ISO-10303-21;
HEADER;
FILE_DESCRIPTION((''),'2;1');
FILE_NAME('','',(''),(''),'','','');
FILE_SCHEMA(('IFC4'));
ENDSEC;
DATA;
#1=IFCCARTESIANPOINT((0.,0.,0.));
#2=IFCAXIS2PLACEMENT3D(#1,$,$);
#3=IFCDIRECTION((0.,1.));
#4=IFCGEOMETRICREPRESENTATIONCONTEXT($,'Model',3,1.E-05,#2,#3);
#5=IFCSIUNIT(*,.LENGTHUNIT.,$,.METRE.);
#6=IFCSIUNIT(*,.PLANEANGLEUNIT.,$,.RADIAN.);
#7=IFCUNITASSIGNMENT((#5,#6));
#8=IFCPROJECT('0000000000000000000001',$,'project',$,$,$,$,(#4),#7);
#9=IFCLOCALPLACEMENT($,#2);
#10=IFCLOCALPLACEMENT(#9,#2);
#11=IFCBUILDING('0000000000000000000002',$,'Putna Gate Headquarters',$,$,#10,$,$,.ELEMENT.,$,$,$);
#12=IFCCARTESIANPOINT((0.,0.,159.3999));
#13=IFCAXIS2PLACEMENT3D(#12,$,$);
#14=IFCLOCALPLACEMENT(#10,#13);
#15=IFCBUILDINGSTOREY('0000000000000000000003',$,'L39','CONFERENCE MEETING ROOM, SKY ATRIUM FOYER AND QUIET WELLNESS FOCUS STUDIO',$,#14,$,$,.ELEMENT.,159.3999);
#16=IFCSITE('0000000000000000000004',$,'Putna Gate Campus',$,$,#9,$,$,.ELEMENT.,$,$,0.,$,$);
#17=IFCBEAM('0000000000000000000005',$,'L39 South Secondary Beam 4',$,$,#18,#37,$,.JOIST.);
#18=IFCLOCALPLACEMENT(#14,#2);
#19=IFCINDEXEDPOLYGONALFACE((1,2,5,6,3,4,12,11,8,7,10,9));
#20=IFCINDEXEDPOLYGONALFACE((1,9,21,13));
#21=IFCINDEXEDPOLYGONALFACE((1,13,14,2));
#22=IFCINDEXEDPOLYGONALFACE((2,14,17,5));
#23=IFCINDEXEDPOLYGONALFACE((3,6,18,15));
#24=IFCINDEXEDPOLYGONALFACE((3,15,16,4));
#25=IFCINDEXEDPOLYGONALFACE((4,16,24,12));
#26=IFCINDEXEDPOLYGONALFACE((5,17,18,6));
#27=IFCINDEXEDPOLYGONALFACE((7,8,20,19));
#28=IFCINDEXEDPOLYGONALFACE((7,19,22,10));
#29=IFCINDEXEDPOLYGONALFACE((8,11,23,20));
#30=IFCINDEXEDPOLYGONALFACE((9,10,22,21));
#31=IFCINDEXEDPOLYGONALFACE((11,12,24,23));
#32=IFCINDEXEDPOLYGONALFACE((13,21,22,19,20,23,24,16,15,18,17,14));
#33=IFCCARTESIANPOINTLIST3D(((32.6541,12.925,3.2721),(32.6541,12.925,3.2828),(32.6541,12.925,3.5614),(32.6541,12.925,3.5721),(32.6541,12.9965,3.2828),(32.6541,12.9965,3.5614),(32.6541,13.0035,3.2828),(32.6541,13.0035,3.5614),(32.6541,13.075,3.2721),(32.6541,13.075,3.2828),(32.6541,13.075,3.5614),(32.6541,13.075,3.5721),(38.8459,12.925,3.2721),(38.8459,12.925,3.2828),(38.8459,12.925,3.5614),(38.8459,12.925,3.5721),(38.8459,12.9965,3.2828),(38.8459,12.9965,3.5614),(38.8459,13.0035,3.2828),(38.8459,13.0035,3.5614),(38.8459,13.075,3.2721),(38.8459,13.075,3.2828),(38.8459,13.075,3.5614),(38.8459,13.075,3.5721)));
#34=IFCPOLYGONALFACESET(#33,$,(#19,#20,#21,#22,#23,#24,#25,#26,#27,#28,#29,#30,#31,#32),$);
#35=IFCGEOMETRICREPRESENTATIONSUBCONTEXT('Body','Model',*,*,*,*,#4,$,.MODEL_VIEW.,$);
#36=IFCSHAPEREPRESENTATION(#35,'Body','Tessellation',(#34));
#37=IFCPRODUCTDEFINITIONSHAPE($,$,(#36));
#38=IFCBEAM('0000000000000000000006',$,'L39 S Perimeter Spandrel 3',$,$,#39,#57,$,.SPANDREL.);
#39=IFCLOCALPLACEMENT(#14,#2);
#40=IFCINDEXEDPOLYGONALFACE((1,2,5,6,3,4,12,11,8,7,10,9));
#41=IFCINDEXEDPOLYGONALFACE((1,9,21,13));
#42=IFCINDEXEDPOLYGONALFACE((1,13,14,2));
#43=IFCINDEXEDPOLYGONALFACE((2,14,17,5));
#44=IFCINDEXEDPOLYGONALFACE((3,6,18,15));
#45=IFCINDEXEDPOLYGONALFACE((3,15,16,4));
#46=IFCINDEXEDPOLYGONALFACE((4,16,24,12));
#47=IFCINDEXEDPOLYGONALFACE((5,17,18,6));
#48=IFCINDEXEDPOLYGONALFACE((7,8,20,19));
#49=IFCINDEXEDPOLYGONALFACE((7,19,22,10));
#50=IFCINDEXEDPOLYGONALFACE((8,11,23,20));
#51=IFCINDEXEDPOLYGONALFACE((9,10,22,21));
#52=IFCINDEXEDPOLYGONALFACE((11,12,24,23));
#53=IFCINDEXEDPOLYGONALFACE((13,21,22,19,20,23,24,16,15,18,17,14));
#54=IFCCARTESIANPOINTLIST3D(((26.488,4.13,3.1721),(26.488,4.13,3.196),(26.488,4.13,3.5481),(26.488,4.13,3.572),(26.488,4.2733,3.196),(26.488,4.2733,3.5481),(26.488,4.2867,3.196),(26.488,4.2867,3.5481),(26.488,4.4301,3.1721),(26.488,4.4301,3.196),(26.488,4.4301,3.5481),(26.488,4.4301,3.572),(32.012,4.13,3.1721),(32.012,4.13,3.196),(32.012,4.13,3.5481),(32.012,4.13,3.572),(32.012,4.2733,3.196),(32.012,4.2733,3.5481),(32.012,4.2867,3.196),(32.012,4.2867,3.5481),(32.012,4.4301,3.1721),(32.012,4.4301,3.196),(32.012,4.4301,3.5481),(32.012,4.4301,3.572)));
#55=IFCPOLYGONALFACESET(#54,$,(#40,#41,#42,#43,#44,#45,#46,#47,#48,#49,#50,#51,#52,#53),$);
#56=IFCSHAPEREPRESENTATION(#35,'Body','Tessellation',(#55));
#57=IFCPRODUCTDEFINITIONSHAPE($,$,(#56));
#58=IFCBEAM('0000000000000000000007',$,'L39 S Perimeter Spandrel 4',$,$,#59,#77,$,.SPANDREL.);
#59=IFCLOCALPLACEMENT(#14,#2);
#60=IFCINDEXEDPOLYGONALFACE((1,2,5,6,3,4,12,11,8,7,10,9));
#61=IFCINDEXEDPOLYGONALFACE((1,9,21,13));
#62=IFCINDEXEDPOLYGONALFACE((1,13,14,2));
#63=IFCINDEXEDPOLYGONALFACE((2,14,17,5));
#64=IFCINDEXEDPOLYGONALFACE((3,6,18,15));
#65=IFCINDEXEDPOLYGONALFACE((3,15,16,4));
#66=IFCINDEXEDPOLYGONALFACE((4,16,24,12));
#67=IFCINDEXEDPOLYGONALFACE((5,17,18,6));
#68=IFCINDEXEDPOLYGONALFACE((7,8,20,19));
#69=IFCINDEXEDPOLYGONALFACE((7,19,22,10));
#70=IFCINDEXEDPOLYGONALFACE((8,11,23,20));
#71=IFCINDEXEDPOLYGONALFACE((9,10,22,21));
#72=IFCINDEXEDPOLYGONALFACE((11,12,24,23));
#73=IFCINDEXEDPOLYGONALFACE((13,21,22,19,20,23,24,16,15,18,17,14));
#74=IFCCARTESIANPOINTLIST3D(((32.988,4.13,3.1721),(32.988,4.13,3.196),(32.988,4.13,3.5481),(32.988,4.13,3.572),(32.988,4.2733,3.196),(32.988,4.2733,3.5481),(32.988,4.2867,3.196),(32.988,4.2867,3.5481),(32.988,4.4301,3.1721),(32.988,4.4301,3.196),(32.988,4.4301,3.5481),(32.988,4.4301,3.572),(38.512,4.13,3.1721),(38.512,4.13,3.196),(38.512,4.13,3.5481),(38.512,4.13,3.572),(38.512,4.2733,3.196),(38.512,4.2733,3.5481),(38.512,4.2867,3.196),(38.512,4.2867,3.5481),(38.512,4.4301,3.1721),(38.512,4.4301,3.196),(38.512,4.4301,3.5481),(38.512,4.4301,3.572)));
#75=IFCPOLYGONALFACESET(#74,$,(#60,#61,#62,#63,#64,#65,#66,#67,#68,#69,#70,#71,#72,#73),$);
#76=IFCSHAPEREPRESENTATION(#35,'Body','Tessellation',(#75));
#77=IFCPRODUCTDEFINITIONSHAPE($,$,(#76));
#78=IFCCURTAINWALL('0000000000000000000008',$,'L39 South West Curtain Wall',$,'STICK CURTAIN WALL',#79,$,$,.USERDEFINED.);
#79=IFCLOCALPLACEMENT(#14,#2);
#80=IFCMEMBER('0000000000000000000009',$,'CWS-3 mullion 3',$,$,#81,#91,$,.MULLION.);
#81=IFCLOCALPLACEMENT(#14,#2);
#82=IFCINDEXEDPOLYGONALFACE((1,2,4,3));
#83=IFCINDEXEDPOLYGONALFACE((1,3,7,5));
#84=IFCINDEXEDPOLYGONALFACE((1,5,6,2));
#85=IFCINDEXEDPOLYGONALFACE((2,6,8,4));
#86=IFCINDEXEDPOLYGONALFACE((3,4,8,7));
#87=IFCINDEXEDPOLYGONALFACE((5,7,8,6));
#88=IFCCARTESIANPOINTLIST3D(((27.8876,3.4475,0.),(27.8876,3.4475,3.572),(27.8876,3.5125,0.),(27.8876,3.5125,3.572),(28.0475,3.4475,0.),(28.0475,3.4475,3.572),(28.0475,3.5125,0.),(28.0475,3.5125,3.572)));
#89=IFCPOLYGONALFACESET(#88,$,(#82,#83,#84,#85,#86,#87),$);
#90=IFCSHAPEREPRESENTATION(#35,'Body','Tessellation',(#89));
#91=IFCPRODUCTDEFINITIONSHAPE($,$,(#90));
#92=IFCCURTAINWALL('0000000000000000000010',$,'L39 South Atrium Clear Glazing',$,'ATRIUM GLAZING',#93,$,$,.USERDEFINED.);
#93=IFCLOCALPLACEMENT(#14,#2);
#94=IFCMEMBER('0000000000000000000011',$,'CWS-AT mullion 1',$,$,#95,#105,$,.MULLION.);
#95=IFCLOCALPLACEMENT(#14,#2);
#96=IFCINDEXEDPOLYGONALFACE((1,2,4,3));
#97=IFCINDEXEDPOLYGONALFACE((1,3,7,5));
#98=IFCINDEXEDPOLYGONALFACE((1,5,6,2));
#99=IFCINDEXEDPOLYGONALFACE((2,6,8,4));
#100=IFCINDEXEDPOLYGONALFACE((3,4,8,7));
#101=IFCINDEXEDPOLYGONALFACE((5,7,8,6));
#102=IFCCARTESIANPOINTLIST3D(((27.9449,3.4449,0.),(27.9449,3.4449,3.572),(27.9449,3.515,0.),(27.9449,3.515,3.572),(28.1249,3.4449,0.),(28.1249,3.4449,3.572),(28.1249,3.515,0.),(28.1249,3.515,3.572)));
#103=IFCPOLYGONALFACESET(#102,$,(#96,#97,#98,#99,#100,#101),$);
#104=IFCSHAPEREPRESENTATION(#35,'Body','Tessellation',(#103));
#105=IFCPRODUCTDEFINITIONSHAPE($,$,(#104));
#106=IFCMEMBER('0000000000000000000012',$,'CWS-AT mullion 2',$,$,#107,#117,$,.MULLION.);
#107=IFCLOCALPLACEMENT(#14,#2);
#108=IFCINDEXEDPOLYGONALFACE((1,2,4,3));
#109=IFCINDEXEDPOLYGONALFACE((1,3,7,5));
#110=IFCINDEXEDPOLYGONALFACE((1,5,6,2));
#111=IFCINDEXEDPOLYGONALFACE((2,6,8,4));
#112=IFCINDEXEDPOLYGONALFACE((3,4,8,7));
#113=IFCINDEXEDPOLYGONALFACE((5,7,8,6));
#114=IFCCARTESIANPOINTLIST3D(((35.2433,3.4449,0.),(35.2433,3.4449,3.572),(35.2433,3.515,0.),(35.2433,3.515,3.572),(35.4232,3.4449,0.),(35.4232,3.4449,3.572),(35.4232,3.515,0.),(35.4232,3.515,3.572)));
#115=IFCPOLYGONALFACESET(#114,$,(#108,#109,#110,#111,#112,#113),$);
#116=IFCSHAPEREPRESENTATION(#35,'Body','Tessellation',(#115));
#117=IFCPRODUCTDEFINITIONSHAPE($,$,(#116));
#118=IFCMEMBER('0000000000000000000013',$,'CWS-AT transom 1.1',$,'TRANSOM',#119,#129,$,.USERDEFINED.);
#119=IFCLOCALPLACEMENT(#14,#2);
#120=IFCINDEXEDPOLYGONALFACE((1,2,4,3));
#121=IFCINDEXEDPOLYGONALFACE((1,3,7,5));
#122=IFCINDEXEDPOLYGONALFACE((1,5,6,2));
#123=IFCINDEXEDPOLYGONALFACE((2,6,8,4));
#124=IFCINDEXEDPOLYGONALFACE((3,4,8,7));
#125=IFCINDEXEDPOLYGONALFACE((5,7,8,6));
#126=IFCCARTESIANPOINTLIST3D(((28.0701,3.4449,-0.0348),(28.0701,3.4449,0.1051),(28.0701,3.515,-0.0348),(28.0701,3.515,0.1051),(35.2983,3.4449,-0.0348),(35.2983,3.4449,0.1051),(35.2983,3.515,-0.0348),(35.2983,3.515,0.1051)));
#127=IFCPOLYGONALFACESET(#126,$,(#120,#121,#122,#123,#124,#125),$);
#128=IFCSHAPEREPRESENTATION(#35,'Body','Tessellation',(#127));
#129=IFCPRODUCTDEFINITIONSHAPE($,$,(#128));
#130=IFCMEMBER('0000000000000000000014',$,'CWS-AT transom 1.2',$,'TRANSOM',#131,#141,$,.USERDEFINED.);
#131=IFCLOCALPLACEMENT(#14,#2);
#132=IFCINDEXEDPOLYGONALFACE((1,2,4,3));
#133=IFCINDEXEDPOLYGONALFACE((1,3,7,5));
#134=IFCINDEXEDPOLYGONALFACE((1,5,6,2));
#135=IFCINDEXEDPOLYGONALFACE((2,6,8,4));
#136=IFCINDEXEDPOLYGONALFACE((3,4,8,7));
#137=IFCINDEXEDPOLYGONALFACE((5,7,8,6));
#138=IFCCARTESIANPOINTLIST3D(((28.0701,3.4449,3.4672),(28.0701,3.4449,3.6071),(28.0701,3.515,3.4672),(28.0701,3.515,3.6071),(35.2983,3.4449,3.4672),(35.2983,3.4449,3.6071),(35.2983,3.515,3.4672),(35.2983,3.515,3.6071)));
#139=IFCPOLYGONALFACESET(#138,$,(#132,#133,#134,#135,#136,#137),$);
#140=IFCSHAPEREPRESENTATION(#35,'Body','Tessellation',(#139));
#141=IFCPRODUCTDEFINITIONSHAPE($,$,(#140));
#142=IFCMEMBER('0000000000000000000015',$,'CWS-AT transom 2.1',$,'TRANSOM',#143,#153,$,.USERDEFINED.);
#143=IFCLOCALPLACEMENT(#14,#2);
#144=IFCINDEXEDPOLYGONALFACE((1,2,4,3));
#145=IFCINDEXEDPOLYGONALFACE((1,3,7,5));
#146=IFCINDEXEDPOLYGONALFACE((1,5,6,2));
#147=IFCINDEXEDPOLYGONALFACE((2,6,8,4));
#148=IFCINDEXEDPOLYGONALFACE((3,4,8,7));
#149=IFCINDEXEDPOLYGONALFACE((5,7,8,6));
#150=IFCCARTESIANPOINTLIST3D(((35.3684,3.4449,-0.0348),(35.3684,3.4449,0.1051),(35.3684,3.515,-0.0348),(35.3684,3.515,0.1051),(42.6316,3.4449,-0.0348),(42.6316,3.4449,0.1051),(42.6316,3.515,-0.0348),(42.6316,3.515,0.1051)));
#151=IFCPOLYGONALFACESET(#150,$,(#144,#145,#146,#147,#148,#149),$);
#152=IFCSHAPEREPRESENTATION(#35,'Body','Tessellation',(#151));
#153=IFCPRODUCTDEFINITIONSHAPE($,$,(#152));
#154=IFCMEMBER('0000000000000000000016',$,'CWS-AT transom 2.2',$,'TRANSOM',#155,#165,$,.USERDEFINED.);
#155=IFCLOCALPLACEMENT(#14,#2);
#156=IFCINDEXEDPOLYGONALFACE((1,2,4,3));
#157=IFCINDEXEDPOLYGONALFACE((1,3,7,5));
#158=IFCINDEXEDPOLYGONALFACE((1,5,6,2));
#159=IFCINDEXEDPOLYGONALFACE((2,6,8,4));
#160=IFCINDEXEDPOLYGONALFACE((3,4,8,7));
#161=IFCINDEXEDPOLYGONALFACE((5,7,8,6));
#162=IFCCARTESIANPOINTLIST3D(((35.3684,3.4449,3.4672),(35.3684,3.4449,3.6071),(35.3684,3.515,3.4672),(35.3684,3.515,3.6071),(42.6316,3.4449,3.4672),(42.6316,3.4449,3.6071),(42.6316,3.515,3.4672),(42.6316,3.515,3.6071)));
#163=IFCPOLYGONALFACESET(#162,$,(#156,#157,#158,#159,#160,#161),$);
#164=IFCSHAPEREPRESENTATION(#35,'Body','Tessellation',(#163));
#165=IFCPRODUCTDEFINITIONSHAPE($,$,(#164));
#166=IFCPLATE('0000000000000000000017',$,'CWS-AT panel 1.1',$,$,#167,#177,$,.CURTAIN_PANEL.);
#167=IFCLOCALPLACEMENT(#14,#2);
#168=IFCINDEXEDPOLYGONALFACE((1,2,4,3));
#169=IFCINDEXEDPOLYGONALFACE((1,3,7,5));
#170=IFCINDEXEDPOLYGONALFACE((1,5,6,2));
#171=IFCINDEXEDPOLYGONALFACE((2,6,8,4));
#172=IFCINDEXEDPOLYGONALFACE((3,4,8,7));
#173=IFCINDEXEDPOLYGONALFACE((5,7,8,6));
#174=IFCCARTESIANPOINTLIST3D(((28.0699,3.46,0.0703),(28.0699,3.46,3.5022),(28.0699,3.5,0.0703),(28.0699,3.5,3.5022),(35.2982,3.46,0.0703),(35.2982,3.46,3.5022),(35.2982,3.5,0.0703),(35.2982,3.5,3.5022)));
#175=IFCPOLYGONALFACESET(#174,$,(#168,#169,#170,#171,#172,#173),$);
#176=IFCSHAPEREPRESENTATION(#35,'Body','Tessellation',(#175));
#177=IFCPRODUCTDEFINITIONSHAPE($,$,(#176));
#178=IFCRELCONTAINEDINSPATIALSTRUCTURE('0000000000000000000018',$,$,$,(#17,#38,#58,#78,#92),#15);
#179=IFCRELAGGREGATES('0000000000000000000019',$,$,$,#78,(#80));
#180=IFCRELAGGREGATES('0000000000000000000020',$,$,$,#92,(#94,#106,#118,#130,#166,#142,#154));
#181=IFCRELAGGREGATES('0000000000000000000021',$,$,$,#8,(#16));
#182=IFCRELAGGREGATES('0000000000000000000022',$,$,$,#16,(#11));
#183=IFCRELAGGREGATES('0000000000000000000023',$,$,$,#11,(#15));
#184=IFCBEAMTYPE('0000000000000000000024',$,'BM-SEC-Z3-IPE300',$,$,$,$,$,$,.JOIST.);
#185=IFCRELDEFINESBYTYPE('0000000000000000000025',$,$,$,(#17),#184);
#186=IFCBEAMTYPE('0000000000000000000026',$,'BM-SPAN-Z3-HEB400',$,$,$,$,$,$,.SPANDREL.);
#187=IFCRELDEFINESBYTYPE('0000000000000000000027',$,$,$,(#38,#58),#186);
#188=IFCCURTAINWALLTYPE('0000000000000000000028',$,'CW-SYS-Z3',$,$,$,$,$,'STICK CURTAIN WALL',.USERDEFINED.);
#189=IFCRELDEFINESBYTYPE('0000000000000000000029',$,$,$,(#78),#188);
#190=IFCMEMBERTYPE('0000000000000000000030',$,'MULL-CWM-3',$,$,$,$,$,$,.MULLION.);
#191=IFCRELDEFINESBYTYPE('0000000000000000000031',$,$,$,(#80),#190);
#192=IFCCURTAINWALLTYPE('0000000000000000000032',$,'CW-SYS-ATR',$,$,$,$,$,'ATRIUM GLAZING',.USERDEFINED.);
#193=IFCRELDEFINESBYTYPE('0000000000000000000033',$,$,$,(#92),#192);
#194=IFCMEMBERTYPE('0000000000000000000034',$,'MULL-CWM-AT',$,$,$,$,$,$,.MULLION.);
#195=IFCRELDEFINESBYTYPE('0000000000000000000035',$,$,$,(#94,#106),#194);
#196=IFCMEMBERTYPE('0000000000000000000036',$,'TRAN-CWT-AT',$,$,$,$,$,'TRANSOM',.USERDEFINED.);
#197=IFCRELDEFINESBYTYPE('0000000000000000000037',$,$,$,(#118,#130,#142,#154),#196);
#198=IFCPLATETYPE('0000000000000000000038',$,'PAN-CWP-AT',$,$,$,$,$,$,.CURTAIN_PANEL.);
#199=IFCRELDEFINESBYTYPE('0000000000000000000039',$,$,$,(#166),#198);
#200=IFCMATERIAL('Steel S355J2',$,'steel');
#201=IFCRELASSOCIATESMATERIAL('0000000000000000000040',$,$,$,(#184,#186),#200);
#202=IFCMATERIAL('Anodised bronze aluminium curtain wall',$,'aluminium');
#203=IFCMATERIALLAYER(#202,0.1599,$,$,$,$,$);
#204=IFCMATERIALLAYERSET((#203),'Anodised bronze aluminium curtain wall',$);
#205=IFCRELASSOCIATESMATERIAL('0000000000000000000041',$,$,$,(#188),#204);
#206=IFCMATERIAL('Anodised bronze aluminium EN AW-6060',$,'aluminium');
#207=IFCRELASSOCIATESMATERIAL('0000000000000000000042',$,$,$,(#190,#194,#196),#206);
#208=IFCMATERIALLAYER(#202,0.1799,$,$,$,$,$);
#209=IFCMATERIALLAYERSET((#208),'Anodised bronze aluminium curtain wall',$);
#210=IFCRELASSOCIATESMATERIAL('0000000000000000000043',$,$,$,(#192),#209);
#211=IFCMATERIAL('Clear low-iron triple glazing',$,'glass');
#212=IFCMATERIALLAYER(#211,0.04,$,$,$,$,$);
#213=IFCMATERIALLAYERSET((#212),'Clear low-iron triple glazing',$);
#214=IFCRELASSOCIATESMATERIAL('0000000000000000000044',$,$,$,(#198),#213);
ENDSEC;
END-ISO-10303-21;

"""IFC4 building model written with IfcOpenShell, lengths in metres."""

from ifc_helpers import new_model, si_unit, direction, frame, origin, origin_2d, place, context, subcontext, project, spatial, rectangle, i_section, extrude, material, layer, layer_set, material_profile, profile_set, type_object, element, aggregate, save


model = new_model("IFC4")

# Units and contexts
model_context = context("Model", 3, precision=1e-05, world=origin(), true_north=direction((0.0, 1.0)))
body_context = subcontext(model_context, "Body", "Model", "MODEL_VIEW")
ifc_project = project(units=[si_unit("LENGTHUNIT", "METRE"), si_unit("PLANEANGLEUNIT", "RADIAN")], contexts=[model_context])

# Site, building, storey
site_placement = place(None, origin())
site = spatial("IfcSite", under=ifc_project, at=site_placement, Name="Putna Gate Campus", CompositionType="ELEMENT", RefElevation=0.0)
building_placement = place(site_placement, origin())
building = spatial("IfcBuilding", under=site, at=building_placement, Name="Putna Gate Headquarters", CompositionType="ELEMENT")
storey_placement = place(building_placement, frame((0.0, 0.0, 159.3999)))
storey = spatial("IfcBuildingStorey", under=building, at=storey_placement, Name="L39", Description="CONFERENCE MEETING ROOM, SKY ATRIUM FOYER AND QUIET WELLNESS FOCUS STUDIO", CompositionType="ELEMENT", Elevation=159.3999)

# Beams
ifc_material_1 = material(Name="Steel S355J2", Category="steel")
ifc_material_profile_1 = material_profile(ifc_material_1, i_section(OverallWidth=0.1499, OverallDepth=0.3, WebThickness=0.0071, FlangeThickness=0.0107, at=origin_2d()), Name="Steel S355J2")
ifc_profile_set_1 = profile_set([ifc_material_profile_1], Name="Steel S355J2")
beam_type_1 = type_object("IfcBeamType", Name="BM-SEC-Z3-IPE300", PredefinedType="JOIST", material=ifc_profile_set_1)
for number, where, z_axis, x_axis, name in (
    (1, (32.6541, 13.0, 3.4221), (1.0, 0.0, 0.0), (0.0, 1.0, 0.0), "L39 South Secondary Beam 4"),
):
    element("IfcBeam", number, at=place(storey_placement, frame(where, z_axis=z_axis, x_axis=x_axis)), inside=storey, type_object=beam_type_1, Name=name, PredefinedType="JOIST", context=body_context, shape_type="SweptSolid", body=[
        extrude(i_section(OverallWidth=0.1499, OverallDepth=0.3, WebThickness=0.0071, FlangeThickness=0.0107, at=origin_2d()), origin(), (0.0, 0.0, 1.0), 6.1919),
    ])
ifc_material_profile_2 = material_profile(ifc_material_1, i_section(OverallWidth=0.3, OverallDepth=0.3999, WebThickness=0.0134, FlangeThickness=0.0239, at=origin_2d()), Name="Steel S355J2")
ifc_profile_set_2 = profile_set([ifc_material_profile_2], Name="Steel S355J2")
beam_type_2 = type_object("IfcBeamType", Name="BM-SPAN-Z3-HEB400", PredefinedType="SPANDREL", material=ifc_profile_set_2)
for number, where, z_axis, x_axis, name in (
    (2, (26.488, 4.28, 3.3721), (1.0, 0.0, 0.0), (0.0, 1.0, 0.0), "L39 S Perimeter Spandrel 3"),
    (3, (32.988, 4.28, 3.3721), (1.0, 0.0, 0.0), (0.0, 1.0, 0.0), "L39 S Perimeter Spandrel 4"),
):
    element("IfcBeam", number, at=place(storey_placement, frame(where, z_axis=z_axis, x_axis=x_axis)), inside=storey, type_object=beam_type_2, Name=name, PredefinedType="SPANDREL", context=body_context, shape_type="SweptSolid", body=[
        extrude(i_section(OverallWidth=0.3, OverallDepth=0.3999, WebThickness=0.0134, FlangeThickness=0.0239, at=origin_2d()), origin(), (0.0, 0.0, 1.0), 5.5239),
    ])

# Curtain wall, member
ifc_material_2 = material(Name="Anodised bronze aluminium curtain wall", Category="aluminium")
ifc_layer_1 = layer(ifc_material_2, 0.1599)
ifc_layer_set_1 = layer_set([ifc_layer_1], Name="Anodised bronze aluminium curtain wall")
curtain_wall_type_1 = type_object("IfcCurtainWallType", Name="CW-SYS-Z3", ElementType="STICK CURTAIN WALL", PredefinedType="USERDEFINED", material=ifc_layer_set_1)
curtain_wall_1_placement = place(storey_placement, origin())
curtain_wall_1 = element("IfcCurtainWall", 4, at=curtain_wall_1_placement, inside=storey, type_object=curtain_wall_type_1, Name="L39 South West Curtain Wall", ObjectType="STICK CURTAIN WALL", PredefinedType="USERDEFINED")
ifc_material_3 = material(Name="Anodised bronze aluminium EN AW-6060", Category="aluminium")
ifc_material_profile_3 = material_profile(ifc_material_3, rectangle(XDim=0.0649, YDim=0.1599, at=origin_2d()), Name="Anodised bronze aluminium EN AW-6060")
ifc_profile_set_3 = profile_set([ifc_material_profile_3], Name="Anodised bronze aluminium EN AW-6060")
member_type_1 = type_object("IfcMemberType", Name="MULL-CWM-3", PredefinedType="MULLION", material=ifc_profile_set_3)
member_1_placement = place(storey_placement, frame((27.9675, 3.48, 0.0), z_axis=(0.0, 0.0, 1.0), x_axis=(0.0, 1.0, 0.0)))
member_1 = element("IfcMember", 5, at=member_1_placement, type_object=member_type_1, Name="CWS-3 mullion 3", PredefinedType="MULLION", context=body_context, shape_type="SweptSolid", body=[
    extrude(rectangle(XDim=0.0649, YDim=0.1599, at=origin_2d()), origin(), (0.0, 0.0, 1.0), 3.572),
])
aggregate(curtain_wall_1, [member_1])

# Curtain wall, members, plate
ifc_layer_2 = layer(ifc_material_2, 0.1799)
ifc_layer_set_2 = layer_set([ifc_layer_2], Name="Anodised bronze aluminium curtain wall")
curtain_wall_type_2 = type_object("IfcCurtainWallType", Name="CW-SYS-ATR", ElementType="ATRIUM GLAZING", PredefinedType="USERDEFINED", material=ifc_layer_set_2)
curtain_wall_2_placement = place(storey_placement, origin())
curtain_wall_2 = element("IfcCurtainWall", 6, at=curtain_wall_2_placement, inside=storey, type_object=curtain_wall_type_2, Name="L39 South Atrium Clear Glazing", ObjectType="ATRIUM GLAZING", PredefinedType="USERDEFINED")
ifc_material_profile_4 = material_profile(ifc_material_3, rectangle(XDim=0.0701, YDim=0.1799, at=origin_2d()), Name="Anodised bronze aluminium EN AW-6060")
ifc_profile_set_4 = profile_set([ifc_material_profile_4], Name="Anodised bronze aluminium EN AW-6060")
member_type_2 = type_object("IfcMemberType", Name="MULL-CWM-AT", PredefinedType="MULLION", material=ifc_profile_set_4)
member_2_placement = place(storey_placement, frame((28.0349, 3.48, 0.0), z_axis=(0.0, 0.0, 1.0), x_axis=(0.0, 1.0, 0.0)))
member_2 = element("IfcMember", 7, at=member_2_placement, type_object=member_type_2, Name="CWS-AT mullion 1", PredefinedType="MULLION", context=body_context, shape_type="SweptSolid", body=[
    extrude(rectangle(XDim=0.0701, YDim=0.1799, at=origin_2d()), origin(), (0.0, 0.0, 1.0), 3.572),
])
member_3_placement = place(storey_placement, frame((35.3333, 3.48, 0.0), z_axis=(0.0, 0.0, 1.0), x_axis=(0.0, 1.0, 0.0)))
member_3 = element("IfcMember", 8, at=member_3_placement, type_object=member_type_2, Name="CWS-AT mullion 2", PredefinedType="MULLION", context=body_context, shape_type="SweptSolid", body=[
    extrude(rectangle(XDim=0.0701, YDim=0.1799, at=origin_2d()), origin(), (0.0, 0.0, 1.0), 3.572),
])
ifc_material_profile_5 = material_profile(ifc_material_3, rectangle(XDim=0.0701, YDim=0.1399, at=origin_2d()), Name="Anodised bronze aluminium EN AW-6060")
ifc_profile_set_5 = profile_set([ifc_material_profile_5], Name="Anodised bronze aluminium EN AW-6060")
member_type_3 = type_object("IfcMemberType", Name="TRAN-CWT-AT", ElementType="TRANSOM", PredefinedType="USERDEFINED", material=ifc_profile_set_5)
member_4_placement = place(storey_placement, frame((28.0701, 3.48, 0.0352), z_axis=(1.0, 0.0, 0.0), x_axis=(0.0, 1.0, 0.0)))
member_4 = element("IfcMember", 9, at=member_4_placement, type_object=member_type_3, Name="CWS-AT transom 1.1", ObjectType="TRANSOM", PredefinedType="USERDEFINED", context=body_context, shape_type="SweptSolid", body=[
    extrude(rectangle(XDim=0.0701, YDim=0.1399, at=origin_2d()), origin(), (0.0, 0.0, 1.0), 7.2283),
])
member_5_placement = place(storey_placement, frame((28.0701, 3.48, 3.5371), z_axis=(1.0, 0.0, 0.0), x_axis=(0.0, 1.0, 0.0)))
member_5 = element("IfcMember", 10, at=member_5_placement, type_object=member_type_3, Name="CWS-AT transom 1.2", ObjectType="TRANSOM", PredefinedType="USERDEFINED", context=body_context, shape_type="SweptSolid", body=[
    extrude(rectangle(XDim=0.0701, YDim=0.1399, at=origin_2d()), origin(), (0.0, 0.0, 1.0), 7.2283),
])
member_6_placement = place(storey_placement, frame((35.3684, 3.48, 0.0352), z_axis=(1.0, 0.0, 0.0), x_axis=(0.0, 1.0, 0.0)))
member_6 = element("IfcMember", 11, at=member_6_placement, type_object=member_type_3, Name="CWS-AT transom 2.1", ObjectType="TRANSOM", PredefinedType="USERDEFINED", context=body_context, shape_type="SweptSolid", body=[
    extrude(rectangle(XDim=0.0701, YDim=0.1399, at=origin_2d()), origin(), (0.0, 0.0, 1.0), 7.2632),
])
member_7_placement = place(storey_placement, frame((35.3684, 3.48, 3.5371), z_axis=(1.0, 0.0, 0.0), x_axis=(0.0, 1.0, 0.0)))
member_7 = element("IfcMember", 12, at=member_7_placement, type_object=member_type_3, Name="CWS-AT transom 2.2", ObjectType="TRANSOM", PredefinedType="USERDEFINED", context=body_context, shape_type="SweptSolid", body=[
    extrude(rectangle(XDim=0.0701, YDim=0.1399, at=origin_2d()), origin(), (0.0, 0.0, 1.0), 7.2632),
])
ifc_material_4 = material(Name="Clear low-iron triple glazing", Category="glass")
ifc_layer_3 = layer(ifc_material_4, 0.04)
ifc_layer_set_3 = layer_set([ifc_layer_3], Name="Clear low-iron triple glazing")
plate_type = type_object("IfcPlateType", Name="PAN-CWP-AT", PredefinedType="CURTAIN_PANEL", material=ifc_layer_set_3)
plate_placement = place(storey_placement, frame((31.6841, 3.48, 0.0703), z_axis=(0.0, 0.0, 1.0), x_axis=(1.0, 0.0, 0.0)))
plate = element("IfcPlate", 13, at=plate_placement, type_object=plate_type, Name="CWS-AT panel 1.1", PredefinedType="CURTAIN_PANEL", context=body_context, shape_type="SweptSolid", body=[
    extrude(rectangle(XDim=7.2283, YDim=0.04, at=origin_2d()), origin(), (0.0, 0.0, 1.0), 3.4319),
])
aggregate(curtain_wall_2, [member_2, member_3, member_4, member_5, plate, member_6, member_7])

save(model, "model.ifc")
